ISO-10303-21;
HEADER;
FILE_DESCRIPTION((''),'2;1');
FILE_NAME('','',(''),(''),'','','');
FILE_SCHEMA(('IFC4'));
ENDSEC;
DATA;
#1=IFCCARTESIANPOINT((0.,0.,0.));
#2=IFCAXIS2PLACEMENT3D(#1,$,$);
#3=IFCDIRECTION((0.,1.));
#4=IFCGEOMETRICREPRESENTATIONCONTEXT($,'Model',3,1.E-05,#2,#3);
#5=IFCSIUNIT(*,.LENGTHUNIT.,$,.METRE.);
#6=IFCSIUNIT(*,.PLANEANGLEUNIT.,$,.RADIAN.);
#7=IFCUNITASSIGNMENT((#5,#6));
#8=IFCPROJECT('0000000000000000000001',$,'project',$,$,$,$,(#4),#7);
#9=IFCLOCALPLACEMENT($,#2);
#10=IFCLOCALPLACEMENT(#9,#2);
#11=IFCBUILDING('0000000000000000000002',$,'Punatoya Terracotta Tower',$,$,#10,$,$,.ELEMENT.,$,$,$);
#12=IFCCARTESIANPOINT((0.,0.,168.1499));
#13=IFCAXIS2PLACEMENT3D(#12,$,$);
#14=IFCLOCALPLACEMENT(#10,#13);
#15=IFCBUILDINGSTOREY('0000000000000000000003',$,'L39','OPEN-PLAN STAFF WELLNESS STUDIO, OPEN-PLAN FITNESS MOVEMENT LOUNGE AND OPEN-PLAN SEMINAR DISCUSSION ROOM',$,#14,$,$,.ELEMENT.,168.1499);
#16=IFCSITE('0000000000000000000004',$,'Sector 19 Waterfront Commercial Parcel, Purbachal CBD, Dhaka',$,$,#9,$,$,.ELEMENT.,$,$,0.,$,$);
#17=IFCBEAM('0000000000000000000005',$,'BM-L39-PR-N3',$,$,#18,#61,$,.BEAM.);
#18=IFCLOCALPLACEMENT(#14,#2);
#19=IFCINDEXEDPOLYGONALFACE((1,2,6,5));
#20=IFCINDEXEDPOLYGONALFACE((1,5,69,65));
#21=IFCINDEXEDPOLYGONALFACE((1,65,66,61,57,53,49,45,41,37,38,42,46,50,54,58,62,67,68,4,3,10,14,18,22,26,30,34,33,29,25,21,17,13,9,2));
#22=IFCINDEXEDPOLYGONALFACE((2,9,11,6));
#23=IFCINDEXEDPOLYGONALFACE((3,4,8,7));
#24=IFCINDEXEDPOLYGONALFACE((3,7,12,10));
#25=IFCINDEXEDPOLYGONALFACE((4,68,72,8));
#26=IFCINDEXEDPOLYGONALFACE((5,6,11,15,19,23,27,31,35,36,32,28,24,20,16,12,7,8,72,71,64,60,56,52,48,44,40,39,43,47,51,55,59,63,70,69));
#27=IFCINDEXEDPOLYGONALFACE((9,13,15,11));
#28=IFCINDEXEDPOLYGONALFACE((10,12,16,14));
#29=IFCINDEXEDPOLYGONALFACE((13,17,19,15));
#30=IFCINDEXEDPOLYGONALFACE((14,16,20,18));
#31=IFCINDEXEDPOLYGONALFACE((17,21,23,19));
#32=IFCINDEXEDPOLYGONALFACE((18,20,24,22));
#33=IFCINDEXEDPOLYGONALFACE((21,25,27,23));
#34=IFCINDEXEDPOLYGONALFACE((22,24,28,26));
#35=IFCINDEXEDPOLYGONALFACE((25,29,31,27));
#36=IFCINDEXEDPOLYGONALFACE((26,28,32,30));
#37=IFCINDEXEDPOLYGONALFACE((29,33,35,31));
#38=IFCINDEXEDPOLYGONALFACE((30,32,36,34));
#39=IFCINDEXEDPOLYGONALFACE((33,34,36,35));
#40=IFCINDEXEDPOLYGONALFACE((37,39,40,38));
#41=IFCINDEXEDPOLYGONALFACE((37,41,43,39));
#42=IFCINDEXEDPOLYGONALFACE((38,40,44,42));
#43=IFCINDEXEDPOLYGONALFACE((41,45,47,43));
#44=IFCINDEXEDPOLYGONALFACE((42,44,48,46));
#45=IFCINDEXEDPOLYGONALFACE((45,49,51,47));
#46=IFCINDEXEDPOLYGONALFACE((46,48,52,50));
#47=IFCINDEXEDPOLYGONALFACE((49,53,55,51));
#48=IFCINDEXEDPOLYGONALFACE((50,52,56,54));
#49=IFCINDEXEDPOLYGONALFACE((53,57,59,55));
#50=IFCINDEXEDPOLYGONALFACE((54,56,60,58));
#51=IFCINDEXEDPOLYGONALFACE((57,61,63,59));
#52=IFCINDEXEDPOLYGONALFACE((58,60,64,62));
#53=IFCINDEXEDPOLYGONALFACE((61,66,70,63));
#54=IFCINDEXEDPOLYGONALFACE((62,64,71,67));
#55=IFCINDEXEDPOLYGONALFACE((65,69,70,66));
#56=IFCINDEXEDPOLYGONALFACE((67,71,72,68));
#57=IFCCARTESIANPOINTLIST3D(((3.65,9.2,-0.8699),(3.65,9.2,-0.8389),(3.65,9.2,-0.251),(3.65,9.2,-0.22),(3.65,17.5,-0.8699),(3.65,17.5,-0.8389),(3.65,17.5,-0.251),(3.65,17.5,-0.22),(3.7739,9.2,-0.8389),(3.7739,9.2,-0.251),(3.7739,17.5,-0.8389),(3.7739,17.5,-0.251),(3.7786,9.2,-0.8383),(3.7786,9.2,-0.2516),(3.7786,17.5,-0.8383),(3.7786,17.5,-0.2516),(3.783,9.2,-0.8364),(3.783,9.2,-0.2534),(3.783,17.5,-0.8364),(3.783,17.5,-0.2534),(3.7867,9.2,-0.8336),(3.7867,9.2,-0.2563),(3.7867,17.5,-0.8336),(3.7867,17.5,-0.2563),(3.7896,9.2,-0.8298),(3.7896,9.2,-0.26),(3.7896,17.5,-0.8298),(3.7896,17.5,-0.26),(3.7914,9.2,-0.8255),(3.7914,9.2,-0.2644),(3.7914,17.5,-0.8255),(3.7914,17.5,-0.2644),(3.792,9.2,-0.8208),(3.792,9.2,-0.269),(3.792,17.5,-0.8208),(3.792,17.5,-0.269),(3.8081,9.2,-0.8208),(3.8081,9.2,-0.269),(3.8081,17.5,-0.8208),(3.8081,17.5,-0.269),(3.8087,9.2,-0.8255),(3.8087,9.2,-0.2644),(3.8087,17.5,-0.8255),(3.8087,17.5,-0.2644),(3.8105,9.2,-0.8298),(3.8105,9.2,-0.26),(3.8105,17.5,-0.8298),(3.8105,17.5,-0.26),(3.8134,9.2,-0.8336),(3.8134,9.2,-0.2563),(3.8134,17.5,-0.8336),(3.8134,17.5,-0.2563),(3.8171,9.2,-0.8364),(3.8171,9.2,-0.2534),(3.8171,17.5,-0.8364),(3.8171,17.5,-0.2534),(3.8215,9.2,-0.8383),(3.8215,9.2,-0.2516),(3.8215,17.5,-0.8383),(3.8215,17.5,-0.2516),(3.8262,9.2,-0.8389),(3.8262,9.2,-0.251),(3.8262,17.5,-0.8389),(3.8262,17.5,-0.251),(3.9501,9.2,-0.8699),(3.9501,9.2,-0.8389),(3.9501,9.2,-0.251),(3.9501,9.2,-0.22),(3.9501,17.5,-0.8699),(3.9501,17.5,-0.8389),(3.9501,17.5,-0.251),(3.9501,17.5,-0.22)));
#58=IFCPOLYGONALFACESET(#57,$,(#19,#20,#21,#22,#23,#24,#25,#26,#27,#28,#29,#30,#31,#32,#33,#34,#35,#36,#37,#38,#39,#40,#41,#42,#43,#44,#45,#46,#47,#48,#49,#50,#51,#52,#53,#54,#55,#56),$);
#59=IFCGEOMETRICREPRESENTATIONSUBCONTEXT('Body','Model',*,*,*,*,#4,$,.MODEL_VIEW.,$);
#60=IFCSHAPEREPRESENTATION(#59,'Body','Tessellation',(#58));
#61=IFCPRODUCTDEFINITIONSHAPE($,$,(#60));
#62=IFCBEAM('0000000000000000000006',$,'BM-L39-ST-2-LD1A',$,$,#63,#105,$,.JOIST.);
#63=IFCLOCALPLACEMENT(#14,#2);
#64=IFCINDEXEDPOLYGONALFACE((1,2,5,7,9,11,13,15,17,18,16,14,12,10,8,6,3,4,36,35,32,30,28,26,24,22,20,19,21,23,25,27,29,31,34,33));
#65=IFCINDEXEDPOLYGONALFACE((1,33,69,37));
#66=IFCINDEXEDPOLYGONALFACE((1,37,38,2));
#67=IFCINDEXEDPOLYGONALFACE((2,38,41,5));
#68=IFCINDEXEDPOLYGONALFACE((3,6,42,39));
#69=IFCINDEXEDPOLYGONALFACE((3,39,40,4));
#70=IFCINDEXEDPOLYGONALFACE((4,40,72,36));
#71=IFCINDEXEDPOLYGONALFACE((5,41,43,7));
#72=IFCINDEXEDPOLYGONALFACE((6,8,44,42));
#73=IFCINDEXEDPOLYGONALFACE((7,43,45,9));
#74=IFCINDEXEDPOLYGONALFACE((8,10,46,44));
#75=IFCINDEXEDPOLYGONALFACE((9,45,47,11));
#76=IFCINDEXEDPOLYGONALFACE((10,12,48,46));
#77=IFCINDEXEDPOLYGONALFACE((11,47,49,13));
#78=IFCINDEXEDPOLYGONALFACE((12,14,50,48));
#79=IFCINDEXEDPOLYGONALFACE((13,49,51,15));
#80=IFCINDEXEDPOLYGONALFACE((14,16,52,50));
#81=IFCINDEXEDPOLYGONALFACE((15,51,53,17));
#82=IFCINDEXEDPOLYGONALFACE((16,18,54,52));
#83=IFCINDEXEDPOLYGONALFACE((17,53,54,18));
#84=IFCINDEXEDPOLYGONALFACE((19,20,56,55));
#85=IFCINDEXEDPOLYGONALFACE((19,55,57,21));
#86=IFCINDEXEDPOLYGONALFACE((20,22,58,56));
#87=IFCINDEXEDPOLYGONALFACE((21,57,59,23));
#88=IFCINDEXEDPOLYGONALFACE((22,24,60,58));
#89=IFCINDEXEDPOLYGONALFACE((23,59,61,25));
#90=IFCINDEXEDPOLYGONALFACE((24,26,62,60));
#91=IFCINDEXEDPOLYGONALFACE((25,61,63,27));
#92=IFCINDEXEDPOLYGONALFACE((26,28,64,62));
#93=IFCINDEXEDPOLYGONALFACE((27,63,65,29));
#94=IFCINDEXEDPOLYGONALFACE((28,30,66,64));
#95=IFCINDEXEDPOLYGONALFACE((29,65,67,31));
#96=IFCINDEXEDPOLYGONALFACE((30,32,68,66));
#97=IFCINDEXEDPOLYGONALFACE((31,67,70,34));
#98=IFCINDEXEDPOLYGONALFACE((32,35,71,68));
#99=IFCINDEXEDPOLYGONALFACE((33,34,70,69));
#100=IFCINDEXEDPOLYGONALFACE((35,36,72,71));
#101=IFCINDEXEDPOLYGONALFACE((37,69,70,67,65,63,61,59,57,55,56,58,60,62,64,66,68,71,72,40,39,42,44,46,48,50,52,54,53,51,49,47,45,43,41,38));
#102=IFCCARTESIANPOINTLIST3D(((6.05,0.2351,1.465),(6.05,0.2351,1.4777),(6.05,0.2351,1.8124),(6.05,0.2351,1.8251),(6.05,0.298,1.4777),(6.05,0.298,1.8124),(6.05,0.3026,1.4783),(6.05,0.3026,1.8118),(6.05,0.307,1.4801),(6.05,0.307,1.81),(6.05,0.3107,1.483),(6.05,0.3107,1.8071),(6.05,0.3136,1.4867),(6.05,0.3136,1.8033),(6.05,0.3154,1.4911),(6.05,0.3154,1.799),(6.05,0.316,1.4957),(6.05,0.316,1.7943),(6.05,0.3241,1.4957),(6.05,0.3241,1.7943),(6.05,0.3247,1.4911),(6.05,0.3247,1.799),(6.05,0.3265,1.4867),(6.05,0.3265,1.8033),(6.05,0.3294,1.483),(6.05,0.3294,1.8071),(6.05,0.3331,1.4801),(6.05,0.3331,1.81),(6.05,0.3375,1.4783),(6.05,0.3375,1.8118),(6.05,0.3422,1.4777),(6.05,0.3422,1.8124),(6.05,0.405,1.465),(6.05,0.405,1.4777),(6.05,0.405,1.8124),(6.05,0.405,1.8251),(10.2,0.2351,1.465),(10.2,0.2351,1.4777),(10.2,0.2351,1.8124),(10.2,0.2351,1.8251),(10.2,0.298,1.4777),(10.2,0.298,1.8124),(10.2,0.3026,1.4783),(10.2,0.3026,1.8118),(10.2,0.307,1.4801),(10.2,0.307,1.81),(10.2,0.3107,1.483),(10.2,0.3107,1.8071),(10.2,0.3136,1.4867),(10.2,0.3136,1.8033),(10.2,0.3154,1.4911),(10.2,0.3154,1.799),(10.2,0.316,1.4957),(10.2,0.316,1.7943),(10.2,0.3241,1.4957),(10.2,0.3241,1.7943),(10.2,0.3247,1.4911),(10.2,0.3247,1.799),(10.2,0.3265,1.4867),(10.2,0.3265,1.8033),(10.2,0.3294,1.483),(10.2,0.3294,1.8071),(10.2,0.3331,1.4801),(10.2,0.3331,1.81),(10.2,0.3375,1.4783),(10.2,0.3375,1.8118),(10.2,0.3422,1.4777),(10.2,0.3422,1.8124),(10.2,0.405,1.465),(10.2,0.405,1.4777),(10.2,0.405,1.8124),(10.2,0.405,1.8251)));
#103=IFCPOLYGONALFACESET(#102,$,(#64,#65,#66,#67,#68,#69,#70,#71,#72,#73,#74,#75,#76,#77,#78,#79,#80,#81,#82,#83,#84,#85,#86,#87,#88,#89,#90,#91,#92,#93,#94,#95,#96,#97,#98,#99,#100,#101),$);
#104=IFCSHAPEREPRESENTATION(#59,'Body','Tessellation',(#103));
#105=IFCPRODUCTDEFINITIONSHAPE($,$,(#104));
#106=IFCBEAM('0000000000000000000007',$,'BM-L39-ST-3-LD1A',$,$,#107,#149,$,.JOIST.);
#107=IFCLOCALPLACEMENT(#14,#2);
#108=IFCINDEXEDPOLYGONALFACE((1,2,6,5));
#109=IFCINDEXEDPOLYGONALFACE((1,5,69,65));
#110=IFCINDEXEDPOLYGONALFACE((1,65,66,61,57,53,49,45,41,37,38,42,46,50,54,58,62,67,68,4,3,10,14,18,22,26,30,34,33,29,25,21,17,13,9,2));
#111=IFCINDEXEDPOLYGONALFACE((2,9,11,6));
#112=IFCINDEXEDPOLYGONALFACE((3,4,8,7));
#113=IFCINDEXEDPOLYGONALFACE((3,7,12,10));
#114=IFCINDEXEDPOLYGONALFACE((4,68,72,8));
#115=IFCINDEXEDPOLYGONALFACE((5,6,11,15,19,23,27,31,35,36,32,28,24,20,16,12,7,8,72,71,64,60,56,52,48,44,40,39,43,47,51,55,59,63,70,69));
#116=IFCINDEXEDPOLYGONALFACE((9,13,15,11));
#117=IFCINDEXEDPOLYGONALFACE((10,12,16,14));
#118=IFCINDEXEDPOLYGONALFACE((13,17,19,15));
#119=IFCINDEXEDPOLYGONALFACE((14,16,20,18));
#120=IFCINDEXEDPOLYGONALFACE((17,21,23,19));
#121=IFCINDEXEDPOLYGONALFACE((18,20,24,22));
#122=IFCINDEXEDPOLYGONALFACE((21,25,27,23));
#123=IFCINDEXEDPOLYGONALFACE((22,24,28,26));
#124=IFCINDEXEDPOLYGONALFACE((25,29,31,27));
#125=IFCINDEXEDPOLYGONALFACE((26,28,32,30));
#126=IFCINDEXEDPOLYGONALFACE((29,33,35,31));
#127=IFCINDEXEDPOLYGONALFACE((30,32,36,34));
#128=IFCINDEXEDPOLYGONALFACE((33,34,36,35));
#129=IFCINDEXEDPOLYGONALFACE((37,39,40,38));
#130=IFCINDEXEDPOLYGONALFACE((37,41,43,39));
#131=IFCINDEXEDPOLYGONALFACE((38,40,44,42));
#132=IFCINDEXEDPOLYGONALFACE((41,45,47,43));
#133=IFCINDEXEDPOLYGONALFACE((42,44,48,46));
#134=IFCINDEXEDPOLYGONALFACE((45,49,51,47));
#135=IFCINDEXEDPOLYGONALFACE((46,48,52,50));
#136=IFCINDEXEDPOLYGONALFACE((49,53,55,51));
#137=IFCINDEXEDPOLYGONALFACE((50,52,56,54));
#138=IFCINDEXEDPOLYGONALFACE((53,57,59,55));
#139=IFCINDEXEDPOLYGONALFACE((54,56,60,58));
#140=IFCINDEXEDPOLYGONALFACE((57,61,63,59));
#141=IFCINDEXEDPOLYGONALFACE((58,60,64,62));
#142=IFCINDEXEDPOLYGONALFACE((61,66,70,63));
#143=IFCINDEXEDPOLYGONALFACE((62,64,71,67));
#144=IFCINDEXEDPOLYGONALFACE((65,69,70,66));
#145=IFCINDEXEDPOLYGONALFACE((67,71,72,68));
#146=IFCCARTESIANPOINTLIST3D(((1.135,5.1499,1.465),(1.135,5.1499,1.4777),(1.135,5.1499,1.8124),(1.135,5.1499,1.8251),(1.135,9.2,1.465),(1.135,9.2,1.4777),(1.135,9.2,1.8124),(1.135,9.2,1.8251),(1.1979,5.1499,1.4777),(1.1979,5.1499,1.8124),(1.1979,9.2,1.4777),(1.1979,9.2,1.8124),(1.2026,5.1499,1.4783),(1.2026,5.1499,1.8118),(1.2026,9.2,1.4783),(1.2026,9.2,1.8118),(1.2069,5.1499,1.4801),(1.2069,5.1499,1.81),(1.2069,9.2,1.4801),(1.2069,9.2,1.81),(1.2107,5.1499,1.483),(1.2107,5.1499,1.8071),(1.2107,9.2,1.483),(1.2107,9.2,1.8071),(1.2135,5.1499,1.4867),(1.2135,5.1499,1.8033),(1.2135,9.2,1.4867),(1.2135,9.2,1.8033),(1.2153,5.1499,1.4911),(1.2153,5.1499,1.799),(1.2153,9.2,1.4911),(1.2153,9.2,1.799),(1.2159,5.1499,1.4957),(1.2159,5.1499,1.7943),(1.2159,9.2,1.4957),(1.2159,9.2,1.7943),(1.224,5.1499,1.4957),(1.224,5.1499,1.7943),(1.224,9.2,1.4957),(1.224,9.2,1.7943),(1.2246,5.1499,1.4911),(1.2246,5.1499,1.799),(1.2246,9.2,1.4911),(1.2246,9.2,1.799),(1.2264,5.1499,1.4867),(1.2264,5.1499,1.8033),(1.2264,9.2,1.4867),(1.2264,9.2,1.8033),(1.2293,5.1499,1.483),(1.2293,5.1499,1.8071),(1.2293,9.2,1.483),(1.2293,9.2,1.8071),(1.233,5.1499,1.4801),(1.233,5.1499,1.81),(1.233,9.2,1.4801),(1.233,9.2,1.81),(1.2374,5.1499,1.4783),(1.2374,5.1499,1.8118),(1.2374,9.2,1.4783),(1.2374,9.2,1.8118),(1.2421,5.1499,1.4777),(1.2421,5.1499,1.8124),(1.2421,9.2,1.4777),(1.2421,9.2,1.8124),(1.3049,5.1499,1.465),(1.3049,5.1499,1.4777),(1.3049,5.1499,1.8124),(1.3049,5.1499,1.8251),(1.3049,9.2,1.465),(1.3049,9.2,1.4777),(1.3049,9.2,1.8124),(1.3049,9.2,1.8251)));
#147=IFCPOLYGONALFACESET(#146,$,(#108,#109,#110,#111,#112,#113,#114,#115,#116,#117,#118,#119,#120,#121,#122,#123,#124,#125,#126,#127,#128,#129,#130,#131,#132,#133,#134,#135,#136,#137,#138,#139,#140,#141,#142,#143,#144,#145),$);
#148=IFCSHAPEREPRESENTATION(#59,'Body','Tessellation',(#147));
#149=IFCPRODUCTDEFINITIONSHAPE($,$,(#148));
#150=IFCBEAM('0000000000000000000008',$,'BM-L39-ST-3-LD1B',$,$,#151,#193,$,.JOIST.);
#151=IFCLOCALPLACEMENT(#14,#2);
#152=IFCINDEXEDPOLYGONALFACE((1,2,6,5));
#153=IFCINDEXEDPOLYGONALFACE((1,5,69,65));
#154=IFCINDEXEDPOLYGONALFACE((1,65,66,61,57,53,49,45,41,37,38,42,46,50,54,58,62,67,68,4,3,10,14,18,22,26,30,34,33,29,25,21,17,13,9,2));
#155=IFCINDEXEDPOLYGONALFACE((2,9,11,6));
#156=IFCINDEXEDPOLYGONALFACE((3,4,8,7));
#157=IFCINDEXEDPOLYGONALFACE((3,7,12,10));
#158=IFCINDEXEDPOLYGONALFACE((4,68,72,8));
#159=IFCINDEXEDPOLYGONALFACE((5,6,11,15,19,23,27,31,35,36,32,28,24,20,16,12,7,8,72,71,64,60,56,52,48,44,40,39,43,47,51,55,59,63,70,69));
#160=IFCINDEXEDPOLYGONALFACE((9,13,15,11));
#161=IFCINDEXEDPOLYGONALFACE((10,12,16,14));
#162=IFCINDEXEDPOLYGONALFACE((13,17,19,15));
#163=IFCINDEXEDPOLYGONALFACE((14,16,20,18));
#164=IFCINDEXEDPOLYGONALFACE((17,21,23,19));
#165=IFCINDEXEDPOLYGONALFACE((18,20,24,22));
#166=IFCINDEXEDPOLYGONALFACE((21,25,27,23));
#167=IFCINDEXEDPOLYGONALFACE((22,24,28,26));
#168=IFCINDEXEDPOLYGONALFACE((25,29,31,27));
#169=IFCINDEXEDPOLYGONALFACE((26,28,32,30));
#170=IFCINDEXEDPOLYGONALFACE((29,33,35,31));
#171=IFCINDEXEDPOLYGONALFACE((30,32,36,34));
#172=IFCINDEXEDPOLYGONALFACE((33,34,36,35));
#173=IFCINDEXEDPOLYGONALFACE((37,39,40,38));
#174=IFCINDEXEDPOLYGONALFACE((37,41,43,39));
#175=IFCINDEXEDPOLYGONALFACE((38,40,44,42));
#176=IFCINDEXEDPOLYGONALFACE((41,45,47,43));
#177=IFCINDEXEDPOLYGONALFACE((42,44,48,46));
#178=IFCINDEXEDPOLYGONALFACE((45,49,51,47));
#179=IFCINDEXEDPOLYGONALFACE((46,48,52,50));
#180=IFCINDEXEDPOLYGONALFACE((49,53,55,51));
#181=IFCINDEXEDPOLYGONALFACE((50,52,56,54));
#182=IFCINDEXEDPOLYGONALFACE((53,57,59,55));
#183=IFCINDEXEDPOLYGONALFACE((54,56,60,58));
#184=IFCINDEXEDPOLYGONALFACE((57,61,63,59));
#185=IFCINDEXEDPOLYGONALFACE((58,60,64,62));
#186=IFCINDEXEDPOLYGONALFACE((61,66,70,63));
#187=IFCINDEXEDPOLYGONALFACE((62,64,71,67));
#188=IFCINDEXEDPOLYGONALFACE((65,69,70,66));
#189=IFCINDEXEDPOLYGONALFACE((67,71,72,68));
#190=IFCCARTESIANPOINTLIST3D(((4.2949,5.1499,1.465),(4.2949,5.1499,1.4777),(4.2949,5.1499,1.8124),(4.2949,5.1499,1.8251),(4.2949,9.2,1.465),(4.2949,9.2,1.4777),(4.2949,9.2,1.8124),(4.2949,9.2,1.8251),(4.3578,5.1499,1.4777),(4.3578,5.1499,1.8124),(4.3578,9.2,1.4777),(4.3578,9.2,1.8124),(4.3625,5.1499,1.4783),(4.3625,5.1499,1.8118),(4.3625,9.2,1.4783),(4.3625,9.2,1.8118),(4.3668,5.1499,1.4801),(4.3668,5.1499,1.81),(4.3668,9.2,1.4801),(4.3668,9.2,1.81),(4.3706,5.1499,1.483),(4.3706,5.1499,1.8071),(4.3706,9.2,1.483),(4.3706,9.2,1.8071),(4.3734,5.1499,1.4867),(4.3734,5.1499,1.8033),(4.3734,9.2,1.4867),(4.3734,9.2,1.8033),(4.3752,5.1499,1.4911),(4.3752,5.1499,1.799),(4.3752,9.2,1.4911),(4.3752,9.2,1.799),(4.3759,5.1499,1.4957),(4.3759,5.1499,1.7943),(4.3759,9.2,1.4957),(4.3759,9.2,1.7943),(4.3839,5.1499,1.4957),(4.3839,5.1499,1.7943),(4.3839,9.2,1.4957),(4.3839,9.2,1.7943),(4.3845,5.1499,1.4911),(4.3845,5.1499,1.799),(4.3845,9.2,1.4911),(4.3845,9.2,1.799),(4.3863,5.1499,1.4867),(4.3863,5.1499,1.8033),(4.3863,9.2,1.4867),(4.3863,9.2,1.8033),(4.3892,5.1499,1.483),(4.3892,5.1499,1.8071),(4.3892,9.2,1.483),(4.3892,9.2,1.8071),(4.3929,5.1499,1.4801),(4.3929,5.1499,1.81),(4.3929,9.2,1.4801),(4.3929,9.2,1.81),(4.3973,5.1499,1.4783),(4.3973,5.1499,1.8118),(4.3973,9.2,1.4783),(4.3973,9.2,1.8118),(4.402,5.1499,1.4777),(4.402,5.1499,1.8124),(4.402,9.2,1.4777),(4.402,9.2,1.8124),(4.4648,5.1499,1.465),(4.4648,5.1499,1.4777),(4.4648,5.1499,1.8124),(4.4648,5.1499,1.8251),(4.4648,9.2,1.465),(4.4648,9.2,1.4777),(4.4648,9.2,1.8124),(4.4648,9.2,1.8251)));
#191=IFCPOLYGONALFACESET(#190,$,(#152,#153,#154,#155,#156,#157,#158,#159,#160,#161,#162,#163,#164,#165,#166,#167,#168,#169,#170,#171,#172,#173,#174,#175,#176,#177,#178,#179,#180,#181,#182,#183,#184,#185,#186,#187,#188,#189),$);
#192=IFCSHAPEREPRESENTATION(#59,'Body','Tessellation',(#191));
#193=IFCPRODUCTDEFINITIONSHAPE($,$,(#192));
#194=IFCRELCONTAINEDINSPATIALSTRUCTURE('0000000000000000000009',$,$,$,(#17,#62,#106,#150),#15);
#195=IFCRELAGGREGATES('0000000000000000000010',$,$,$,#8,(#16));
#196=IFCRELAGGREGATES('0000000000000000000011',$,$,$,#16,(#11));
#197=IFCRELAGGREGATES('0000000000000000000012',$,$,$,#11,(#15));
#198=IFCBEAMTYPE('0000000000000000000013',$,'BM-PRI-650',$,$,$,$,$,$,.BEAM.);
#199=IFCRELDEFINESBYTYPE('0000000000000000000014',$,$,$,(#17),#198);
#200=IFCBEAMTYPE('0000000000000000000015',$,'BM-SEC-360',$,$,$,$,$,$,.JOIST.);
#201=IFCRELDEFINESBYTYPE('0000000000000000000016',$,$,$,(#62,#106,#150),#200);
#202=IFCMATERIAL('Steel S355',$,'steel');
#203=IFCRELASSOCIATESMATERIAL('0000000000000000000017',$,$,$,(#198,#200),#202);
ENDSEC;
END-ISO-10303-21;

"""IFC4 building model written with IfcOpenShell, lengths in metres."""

from ifc_helpers import new_model, si_unit, direction, frame, origin, origin_2d, place, context, subcontext, project, spatial, i_section, extrude, material, material_profile, profile_set, type_object, element, save


model = new_model("IFC4")

# Units and contexts
model_context = context("Model", 3, precision=1e-05, world=origin(), true_north=direction((0.0, 1.0)))
body_context = subcontext(model_context, "Body", "Model", "MODEL_VIEW")
ifc_project = project(units=[si_unit("LENGTHUNIT", "METRE"), si_unit("PLANEANGLEUNIT", "RADIAN")], contexts=[model_context])

# Site, building, storey
site_placement = place(None, origin())
site = spatial("IfcSite", under=ifc_project, at=site_placement, Name="Sector 19 Waterfront Commercial Parcel, Purbachal CBD, Dhaka", CompositionType="ELEMENT", RefElevation=0.0)
building_placement = place(site_placement, origin())
building = spatial("IfcBuilding", under=site, at=building_placement, Name="Punatoya Terracotta Tower", CompositionType="ELEMENT")
storey_placement = place(building_placement, frame((0.0, 0.0, 168.1499)))
storey = spatial("IfcBuildingStorey", under=building, at=storey_placement, Name="L39", Description="OPEN-PLAN STAFF WELLNESS STUDIO, OPEN-PLAN FITNESS MOVEMENT LOUNGE AND OPEN-PLAN SEMINAR DISCUSSION ROOM", CompositionType="ELEMENT", Elevation=168.1499)

# Beams
ifc_material_1 = material(Name="Steel S355", Category="steel")
ifc_material_profile_1 = material_profile(ifc_material_1, i_section(OverallWidth=0.3, OverallDepth=0.6499, WebThickness=0.0161, FlangeThickness=0.031, FilletRadius=0.0181, at=origin_2d()))
ifc_profile_set_1 = profile_set([ifc_material_profile_1], Name="Steel S355")
beam_type_1 = type_object("IfcBeamType", Name="BM-PRI-650", PredefinedType="BEAM", material=ifc_profile_set_1)
beam_1_placement = place(storey_placement, frame((3.8, 9.2, -0.5449), z_axis=(0.0, 1.0, 0.0), x_axis=(-1.0, 0.0, 0.0)))
element("IfcBeam", 1, at=beam_1_placement, inside=storey, type_object=beam_type_1, Name="BM-L39-PR-N3", PredefinedType="BEAM", context=body_context, shape_type="SweptSolid", body=[
    extrude(i_section(OverallWidth=0.3, OverallDepth=0.6499, WebThickness=0.0161, FlangeThickness=0.031, FilletRadius=0.0181, at=origin_2d()), origin(), (0.0, 0.0, 1.0), 8.3),
])
ifc_material_profile_2 = material_profile(ifc_material_1, i_section(OverallWidth=0.1699, OverallDepth=0.3601, WebThickness=0.0081, FlangeThickness=0.0127, FilletRadius=0.0181, at=origin_2d()))
ifc_profile_set_2 = profile_set([ifc_material_profile_2], Name="Steel S355")
beam_type_2 = type_object("IfcBeamType", Name="BM-SEC-360", PredefinedType="JOIST", material=ifc_profile_set_2)
beam_2_placement = place(storey_placement, frame((6.05, 0.3201, 1.645), z_axis=(1.0, 0.0, 0.0), x_axis=(0.0, 1.0, 0.0)))
element("IfcBeam", 2, at=beam_2_placement, inside=storey, type_object=beam_type_2, Name="BM-L39-ST-2-LD1A", PredefinedType="JOIST", context=body_context, shape_type="SweptSolid", body=[
    extrude(i_section(OverallWidth=0.1699, OverallDepth=0.3601, WebThickness=0.0081, FlangeThickness=0.0127, FilletRadius=0.0181, at=origin_2d()), origin(), (0.0, 0.0, 1.0), 4.1499),
])
for number, where, z_axis, x_axis, name in (
    (3, (1.22, 5.1499, 1.645), (0.0, 1.0, 0.0), (-1.0, 0.0, 0.0), "BM-L39-ST-3-LD1A"),
    (4, (4.3799, 5.1499, 1.645), (0.0, 1.0, 0.0), (-1.0, 0.0, 0.0), "BM-L39-ST-3-LD1B"),
):
    element("IfcBeam", number, at=place(storey_placement, frame(where, z_axis=z_axis, x_axis=x_axis)), inside=storey, type_object=beam_type_2, Name=name, PredefinedType="JOIST", context=body_context, shape_type="SweptSolid", body=[
        extrude(i_section(OverallWidth=0.1699, OverallDepth=0.3601, WebThickness=0.0081, FlangeThickness=0.0127, FilletRadius=0.0181, at=origin_2d()), origin(), (0.0, 0.0, 1.0), 4.05),
    ])

save(model, "model.ifc")
